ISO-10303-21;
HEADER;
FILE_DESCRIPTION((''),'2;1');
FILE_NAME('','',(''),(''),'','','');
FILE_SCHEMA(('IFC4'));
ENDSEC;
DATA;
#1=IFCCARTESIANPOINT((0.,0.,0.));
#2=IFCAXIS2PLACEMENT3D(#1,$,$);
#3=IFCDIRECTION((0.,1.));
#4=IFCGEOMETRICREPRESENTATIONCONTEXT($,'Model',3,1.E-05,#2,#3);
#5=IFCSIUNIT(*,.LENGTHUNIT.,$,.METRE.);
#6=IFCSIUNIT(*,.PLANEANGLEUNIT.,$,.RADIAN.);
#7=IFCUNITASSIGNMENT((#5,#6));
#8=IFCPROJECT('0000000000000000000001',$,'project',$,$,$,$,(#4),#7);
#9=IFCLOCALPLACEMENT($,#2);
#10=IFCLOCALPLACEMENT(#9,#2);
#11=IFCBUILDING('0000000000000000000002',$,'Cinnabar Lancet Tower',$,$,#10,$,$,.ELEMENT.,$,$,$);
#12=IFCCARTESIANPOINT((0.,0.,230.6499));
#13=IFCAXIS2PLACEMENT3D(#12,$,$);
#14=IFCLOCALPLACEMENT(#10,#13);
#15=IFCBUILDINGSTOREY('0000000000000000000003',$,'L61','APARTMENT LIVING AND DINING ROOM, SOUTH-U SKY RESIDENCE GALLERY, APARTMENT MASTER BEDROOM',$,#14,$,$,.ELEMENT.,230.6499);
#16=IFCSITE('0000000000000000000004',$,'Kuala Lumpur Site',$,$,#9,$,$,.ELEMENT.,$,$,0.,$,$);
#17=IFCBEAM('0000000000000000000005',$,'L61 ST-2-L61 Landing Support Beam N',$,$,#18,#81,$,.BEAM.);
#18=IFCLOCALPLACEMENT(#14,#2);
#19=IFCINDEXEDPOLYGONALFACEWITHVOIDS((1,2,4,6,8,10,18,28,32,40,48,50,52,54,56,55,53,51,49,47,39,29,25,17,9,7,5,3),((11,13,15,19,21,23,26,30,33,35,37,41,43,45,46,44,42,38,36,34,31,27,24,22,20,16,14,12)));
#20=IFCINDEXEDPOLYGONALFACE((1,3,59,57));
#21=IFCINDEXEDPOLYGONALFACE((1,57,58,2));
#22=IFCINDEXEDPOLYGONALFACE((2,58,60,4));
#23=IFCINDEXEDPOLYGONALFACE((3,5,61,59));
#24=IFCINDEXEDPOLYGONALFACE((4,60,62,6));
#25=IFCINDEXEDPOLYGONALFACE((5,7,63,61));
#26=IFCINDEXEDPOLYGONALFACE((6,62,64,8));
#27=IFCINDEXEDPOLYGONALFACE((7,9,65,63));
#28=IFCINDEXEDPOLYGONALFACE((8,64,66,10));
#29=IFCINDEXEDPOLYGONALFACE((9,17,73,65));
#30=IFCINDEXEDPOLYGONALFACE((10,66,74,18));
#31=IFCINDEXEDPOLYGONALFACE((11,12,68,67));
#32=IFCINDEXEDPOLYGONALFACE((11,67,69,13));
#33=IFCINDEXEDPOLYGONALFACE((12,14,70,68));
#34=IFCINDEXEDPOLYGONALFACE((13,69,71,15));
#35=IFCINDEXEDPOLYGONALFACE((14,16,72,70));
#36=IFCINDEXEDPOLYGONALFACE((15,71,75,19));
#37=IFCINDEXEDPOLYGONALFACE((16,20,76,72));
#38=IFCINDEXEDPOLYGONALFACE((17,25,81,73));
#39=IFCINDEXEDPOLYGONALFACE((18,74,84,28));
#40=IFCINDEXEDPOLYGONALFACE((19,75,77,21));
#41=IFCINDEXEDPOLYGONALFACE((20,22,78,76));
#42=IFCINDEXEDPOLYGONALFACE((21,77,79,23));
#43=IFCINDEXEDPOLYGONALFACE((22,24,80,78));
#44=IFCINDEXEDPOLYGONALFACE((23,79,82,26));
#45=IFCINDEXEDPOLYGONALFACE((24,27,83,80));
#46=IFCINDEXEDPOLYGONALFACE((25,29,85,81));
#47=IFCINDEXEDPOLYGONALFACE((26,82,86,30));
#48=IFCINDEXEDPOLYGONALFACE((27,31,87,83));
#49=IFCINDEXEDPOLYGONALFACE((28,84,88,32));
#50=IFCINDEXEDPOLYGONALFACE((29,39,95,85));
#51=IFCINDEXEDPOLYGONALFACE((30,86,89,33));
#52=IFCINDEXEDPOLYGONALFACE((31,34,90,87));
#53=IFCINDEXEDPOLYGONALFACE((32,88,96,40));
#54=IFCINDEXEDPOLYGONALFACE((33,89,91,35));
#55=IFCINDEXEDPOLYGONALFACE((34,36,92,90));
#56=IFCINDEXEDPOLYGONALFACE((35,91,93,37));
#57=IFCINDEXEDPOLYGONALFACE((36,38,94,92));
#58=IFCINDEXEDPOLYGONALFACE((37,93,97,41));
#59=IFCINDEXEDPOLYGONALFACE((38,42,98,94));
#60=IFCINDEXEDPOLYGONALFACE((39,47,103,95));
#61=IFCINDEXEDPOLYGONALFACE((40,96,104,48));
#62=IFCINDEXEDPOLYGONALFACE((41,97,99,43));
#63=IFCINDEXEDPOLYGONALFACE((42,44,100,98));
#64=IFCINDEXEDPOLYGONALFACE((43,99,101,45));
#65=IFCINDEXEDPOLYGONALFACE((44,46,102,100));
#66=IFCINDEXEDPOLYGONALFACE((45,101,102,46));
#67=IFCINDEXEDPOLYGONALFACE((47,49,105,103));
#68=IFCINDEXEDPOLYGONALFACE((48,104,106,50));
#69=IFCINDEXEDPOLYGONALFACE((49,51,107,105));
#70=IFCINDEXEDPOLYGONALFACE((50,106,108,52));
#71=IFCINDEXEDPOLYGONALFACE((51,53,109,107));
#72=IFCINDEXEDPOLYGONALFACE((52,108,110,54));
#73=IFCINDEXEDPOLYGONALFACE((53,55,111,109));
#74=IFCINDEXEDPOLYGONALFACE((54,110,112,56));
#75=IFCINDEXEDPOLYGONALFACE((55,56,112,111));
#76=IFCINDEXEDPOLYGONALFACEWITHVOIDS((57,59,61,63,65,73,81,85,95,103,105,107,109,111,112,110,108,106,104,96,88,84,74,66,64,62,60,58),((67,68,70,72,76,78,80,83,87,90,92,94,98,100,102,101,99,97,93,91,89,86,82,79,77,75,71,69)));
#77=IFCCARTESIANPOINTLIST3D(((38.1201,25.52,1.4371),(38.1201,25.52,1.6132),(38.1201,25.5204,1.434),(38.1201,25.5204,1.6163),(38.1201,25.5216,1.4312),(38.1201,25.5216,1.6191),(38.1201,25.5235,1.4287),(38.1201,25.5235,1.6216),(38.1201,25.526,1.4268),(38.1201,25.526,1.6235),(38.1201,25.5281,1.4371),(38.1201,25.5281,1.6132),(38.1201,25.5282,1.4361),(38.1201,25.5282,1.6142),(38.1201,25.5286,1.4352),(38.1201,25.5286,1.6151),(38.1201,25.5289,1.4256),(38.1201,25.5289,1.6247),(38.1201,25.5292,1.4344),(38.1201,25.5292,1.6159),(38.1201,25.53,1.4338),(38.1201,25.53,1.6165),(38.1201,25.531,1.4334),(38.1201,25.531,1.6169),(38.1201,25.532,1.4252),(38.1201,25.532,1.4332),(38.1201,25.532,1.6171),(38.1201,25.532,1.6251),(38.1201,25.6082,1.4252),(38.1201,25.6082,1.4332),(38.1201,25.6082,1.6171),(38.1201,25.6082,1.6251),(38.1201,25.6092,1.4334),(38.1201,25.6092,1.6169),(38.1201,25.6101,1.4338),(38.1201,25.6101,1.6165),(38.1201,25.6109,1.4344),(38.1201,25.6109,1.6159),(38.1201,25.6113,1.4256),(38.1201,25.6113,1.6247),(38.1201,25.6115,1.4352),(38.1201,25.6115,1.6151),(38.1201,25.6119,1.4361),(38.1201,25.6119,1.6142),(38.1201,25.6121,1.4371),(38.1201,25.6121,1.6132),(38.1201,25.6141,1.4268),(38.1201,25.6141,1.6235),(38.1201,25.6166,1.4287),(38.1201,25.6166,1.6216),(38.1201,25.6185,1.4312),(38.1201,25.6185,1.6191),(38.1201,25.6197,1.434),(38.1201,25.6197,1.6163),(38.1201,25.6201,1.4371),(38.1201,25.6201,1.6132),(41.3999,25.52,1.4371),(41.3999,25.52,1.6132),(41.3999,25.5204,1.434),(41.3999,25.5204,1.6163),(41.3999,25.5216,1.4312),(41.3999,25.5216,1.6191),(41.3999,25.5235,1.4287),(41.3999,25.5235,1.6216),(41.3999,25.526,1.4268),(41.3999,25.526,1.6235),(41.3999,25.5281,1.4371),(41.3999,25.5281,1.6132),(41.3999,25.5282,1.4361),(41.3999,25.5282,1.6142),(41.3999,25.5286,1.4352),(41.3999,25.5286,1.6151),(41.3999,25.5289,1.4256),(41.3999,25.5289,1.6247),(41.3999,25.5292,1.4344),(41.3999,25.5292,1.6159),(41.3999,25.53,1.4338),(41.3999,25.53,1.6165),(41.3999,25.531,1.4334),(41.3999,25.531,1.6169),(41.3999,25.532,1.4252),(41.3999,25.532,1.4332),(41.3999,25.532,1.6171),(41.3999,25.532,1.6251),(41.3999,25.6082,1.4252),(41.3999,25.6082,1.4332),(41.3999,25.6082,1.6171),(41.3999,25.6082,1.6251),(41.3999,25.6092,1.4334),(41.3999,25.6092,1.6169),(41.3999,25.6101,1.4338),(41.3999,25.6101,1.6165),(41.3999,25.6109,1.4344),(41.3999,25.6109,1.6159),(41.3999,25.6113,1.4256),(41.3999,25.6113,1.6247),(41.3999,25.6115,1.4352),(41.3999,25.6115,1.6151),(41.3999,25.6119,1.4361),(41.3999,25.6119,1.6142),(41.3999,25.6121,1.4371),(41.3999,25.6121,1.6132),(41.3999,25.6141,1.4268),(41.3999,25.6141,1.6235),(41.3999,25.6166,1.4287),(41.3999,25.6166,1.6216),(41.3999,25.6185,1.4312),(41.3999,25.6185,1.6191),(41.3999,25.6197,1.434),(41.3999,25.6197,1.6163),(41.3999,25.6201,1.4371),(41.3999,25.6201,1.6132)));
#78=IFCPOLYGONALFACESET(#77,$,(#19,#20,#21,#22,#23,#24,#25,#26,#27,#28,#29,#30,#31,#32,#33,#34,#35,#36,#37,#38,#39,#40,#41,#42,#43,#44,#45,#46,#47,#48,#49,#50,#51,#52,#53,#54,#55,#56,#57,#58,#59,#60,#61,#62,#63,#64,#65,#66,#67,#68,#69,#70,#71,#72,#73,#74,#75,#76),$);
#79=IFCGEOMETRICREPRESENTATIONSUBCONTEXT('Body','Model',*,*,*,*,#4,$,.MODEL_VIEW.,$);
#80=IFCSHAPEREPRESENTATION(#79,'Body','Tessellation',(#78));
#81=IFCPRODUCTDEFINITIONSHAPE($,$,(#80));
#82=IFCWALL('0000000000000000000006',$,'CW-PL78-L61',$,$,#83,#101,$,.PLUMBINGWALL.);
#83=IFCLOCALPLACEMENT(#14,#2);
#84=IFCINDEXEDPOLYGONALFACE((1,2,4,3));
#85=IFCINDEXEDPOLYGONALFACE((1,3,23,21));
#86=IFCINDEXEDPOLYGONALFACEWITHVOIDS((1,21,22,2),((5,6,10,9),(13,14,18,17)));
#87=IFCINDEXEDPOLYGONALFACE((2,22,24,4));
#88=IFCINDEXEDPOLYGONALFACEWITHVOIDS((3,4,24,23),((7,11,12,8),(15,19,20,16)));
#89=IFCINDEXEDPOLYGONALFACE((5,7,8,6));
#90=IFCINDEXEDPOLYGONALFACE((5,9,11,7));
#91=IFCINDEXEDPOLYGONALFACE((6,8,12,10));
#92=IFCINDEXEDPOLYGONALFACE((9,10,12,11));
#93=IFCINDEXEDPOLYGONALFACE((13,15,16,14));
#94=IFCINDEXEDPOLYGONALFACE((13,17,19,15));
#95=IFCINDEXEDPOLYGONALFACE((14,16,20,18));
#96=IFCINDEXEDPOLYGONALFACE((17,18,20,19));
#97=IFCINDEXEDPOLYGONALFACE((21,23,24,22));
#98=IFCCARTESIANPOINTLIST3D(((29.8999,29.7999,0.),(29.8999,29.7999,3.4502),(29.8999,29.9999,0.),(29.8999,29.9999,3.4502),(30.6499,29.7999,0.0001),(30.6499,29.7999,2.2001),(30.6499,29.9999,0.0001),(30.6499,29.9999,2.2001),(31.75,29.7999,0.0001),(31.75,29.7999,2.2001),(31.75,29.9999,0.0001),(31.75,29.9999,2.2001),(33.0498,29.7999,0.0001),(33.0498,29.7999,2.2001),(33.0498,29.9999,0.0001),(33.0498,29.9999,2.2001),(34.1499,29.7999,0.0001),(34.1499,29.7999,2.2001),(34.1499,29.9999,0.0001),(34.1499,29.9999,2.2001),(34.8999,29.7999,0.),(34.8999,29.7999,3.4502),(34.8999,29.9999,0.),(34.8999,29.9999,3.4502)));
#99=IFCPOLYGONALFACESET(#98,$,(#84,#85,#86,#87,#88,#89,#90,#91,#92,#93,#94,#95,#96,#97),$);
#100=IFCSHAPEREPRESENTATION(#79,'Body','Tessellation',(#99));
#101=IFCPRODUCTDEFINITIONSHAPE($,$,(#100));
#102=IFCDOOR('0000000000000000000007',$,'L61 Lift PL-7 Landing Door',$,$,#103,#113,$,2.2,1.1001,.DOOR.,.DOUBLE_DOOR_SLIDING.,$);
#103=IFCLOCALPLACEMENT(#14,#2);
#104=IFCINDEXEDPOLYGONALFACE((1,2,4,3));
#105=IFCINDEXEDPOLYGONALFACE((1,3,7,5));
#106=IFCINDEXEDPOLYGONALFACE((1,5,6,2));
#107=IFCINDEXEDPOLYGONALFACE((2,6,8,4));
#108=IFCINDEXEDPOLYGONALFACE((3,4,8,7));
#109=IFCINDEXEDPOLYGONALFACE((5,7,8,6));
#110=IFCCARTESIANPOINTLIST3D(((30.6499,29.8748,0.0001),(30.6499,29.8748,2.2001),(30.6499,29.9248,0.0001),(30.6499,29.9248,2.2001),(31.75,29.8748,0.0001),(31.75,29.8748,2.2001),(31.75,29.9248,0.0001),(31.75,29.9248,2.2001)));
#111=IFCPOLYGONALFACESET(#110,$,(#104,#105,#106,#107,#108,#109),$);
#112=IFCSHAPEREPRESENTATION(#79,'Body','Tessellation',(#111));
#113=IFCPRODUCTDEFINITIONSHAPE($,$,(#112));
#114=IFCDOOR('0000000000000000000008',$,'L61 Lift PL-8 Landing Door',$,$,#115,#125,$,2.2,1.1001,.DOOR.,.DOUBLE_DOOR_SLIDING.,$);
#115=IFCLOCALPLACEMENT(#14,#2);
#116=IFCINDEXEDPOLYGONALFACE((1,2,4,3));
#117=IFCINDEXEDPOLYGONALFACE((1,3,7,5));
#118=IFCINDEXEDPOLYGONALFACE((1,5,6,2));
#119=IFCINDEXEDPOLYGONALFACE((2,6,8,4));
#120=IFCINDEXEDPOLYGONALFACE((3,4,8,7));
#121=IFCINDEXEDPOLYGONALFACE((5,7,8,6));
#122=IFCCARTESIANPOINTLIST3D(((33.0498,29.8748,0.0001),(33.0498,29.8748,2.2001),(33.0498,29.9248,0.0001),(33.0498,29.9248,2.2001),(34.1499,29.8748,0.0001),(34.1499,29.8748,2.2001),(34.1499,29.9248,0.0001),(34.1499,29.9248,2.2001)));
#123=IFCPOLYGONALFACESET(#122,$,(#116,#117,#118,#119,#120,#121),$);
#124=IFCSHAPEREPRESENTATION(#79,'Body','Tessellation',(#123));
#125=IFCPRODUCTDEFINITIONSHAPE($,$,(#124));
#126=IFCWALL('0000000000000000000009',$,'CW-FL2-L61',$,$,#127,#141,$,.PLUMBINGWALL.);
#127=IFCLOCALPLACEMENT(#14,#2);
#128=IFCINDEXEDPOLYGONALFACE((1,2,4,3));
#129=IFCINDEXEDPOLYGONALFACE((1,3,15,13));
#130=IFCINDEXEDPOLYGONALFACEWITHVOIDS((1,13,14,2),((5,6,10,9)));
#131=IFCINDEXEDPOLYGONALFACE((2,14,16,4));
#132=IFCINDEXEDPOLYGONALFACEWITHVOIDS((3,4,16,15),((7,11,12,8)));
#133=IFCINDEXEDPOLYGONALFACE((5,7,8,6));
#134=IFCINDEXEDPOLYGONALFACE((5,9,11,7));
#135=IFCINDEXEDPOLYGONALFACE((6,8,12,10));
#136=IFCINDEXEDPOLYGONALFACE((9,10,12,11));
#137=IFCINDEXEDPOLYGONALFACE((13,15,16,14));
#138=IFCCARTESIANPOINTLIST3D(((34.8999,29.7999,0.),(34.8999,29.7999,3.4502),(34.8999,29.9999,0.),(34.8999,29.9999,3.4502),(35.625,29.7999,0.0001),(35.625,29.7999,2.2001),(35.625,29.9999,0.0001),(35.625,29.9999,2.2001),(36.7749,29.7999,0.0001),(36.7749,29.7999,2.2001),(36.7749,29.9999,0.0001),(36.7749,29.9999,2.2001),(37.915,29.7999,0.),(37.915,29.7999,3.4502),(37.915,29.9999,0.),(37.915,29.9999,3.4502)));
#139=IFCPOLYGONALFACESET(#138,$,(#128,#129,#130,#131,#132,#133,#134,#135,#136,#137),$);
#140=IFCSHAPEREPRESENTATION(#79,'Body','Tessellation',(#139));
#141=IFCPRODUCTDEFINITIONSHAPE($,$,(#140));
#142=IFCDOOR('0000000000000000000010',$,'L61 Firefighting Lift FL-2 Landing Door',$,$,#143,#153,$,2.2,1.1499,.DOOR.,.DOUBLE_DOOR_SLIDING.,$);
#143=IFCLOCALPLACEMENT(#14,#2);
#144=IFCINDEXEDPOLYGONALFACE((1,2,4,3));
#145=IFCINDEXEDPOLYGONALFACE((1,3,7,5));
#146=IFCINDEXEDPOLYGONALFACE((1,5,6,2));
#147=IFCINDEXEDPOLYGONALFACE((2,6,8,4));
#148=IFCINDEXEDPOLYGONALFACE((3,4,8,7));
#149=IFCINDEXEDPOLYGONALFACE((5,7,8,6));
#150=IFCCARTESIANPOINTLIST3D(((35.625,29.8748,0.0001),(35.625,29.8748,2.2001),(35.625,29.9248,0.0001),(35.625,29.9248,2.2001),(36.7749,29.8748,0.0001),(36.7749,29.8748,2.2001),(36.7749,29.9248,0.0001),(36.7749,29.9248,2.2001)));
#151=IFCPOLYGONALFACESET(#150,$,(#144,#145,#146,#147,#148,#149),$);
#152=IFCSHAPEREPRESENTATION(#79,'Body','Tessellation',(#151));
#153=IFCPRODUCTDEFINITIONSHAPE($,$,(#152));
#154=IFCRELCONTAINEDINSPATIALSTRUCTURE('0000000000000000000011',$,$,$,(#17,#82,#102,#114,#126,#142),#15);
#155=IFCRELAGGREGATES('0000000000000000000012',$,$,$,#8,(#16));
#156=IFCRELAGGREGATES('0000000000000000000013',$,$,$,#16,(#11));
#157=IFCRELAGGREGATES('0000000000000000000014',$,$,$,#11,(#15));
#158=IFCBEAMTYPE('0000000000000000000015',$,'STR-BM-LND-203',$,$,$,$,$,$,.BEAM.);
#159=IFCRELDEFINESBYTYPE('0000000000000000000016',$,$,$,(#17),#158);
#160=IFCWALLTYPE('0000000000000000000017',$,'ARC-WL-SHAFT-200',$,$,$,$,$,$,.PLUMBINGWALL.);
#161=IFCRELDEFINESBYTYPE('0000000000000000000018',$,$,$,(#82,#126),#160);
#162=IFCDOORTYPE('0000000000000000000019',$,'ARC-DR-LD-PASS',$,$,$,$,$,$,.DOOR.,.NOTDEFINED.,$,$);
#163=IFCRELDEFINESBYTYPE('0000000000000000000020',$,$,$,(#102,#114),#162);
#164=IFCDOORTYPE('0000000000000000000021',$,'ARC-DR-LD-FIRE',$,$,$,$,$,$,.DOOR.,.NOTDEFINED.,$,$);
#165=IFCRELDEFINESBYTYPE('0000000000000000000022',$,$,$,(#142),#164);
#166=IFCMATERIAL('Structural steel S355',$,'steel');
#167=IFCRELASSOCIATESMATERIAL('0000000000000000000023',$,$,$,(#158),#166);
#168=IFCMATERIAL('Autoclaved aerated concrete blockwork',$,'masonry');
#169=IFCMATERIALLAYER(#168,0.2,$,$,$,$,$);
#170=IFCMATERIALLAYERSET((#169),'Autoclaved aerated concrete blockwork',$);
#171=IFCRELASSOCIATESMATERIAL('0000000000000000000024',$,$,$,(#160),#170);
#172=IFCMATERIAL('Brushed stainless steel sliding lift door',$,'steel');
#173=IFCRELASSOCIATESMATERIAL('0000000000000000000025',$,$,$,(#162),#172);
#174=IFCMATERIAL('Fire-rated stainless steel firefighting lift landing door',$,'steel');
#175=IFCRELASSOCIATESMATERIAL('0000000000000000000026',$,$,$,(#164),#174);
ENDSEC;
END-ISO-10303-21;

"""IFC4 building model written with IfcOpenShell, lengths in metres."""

from ifc_helpers import new_model, si_unit, direction, frame, frame_2d, origin, origin_2d, place, context, subcontext, project, spatial, rectangle, hollow_rectangle, extrude, material, layer, layer_set, material_profile, profile_set, type_object, element, fill, save


model = new_model("IFC4")

# Units and contexts
model_context = context("Model", 3, precision=1e-05, world=origin(), true_north=direction((0.0, 1.0)))
body_context = subcontext(model_context, "Body", "Model", "MODEL_VIEW")
ifc_project = project(units=[si_unit("LENGTHUNIT", "METRE"), si_unit("PLANEANGLEUNIT", "RADIAN")], contexts=[model_context])

# Site, building, storey
site_placement = place(None, origin())
site = spatial("IfcSite", under=ifc_project, at=site_placement, Name="Kuala Lumpur Site", CompositionType="ELEMENT", RefElevation=0.0)
building_placement = place(site_placement, origin())
building = spatial("IfcBuilding", under=site, at=building_placement, Name="Cinnabar Lancet Tower", CompositionType="ELEMENT")
storey_placement = place(building_placement, frame((0.0, 0.0, 230.6499)))
storey = spatial("IfcBuildingStorey", under=building, at=storey_placement, Name="L61", Description="APARTMENT LIVING AND DINING ROOM, SOUTH-U SKY RESIDENCE GALLERY, APARTMENT MASTER BEDROOM", CompositionType="ELEMENT", Elevation=230.6499)

# Beam
ifc_material_1 = material(Name="Structural steel S355", Category="steel")
ifc_material_profile = material_profile(ifc_material_1, hollow_rectangle(XDim=0.1001, YDim=0.2, WallThickness=0.0081, InnerFilletRadius=0.0039, OuterFilletRadius=0.012, at=origin_2d()), Name="RHS 200x100x8")
ifc_profile_set = profile_set([ifc_material_profile], Name="Structural steel S355")
beam_type = type_object("IfcBeamType", Name="STR-BM-LND-203", PredefinedType="BEAM", material=ifc_profile_set)
beam_placement = place(storey_placement, frame((38.1201, 25.5701, 1.5251), z_axis=(1.0, 0.0, 0.0), x_axis=(0.0, 1.0, 0.0)))
element("IfcBeam", 1, at=beam_placement, inside=storey, type_object=beam_type, Name="L61 ST-2-L61 Landing Support Beam N", PredefinedType="BEAM", context=body_context, shape_type="SweptSolid", body=[
    extrude(hollow_rectangle(XDim=0.1001, YDim=0.2, WallThickness=0.0081, InnerFilletRadius=0.0039, OuterFilletRadius=0.012, at=origin_2d()), origin(), (0.0, 0.0, 1.0), 3.2798),
])

# Wall, openings, doors
ifc_material_2 = material(Name="Autoclaved aerated concrete blockwork", Category="masonry")
ifc_layer = layer(ifc_material_2, 0.2)
ifc_layer_set = layer_set([ifc_layer], Name="Autoclaved aerated concrete blockwork")
wall_type = type_object("IfcWallType", Name="ARC-WL-SHAFT-200", PredefinedType="PLUMBINGWALL", material=ifc_layer_set)
wall_1_placement = place(storey_placement, frame((29.8999, 29.8999, 0.0), z_axis=(0.0, 0.0, 1.0), x_axis=(1.0, 0.0, 0.0)))
wall_1 = element("IfcWall", 2, at=wall_1_placement, inside=storey, type_object=wall_type, Name="CW-PL78-L61", PredefinedType="PLUMBINGWALL", context=body_context, shape_type="SweptSolid", body=[
    extrude(rectangle(XDim=5.0, YDim=0.2, at=frame_2d((2.5, 0.0))), origin(), (0.0, 0.0, 1.0), 3.4502),
])
opening_1_placement = place(wall_1_placement, frame((0.75, 0.0, 0.0)))
opening_1 = element("IfcOpeningElement", 3, at=opening_1_placement, cuts=wall_1, PredefinedType="OPENING", context=body_context, shape_type="SweptSolid", body=[
    extrude(rectangle(XDim=1.1001, YDim=2.2, at=frame_2d((0.55, 1.1001))), frame((0.0, 0.1099, 0.0), z_axis=(0.0, -1.0, 0.0), x_axis=(1.0, 0.0, 0.0)), (0.0, 0.0, 1.0), 0.22),
])
opening_2_placement = place(wall_1_placement, frame((3.1499, 0.0, 0.0)))
opening_2 = element("IfcOpeningElement", 4, at=opening_2_placement, cuts=wall_1, PredefinedType="OPENING", context=body_context, shape_type="SweptSolid", body=[
    extrude(rectangle(XDim=1.1001, YDim=2.2, at=frame_2d((0.55, 1.1001))), frame((0.0, 0.1099, 0.0), z_axis=(0.0, -1.0, 0.0), x_axis=(1.0, 0.0, 0.0)), (0.0, 0.0, 1.0), 0.22),
])
ifc_material_3 = material(Name="Brushed stainless steel sliding lift door", Category="steel")
door_type_1 = type_object("IfcDoorType", Name="ARC-DR-LD-PASS", OperationType="NOTDEFINED", PredefinedType="DOOR", material=ifc_material_3)
door_1_placement = place(opening_1_placement, origin())
door_1 = element("IfcDoor", 5, at=door_1_placement, inside=storey, type_object=door_type_1, Name="L61 Lift PL-7 Landing Door", OperationType="DOUBLE_DOOR_SLIDING", OverallHeight=2.2, OverallWidth=1.1001, PredefinedType="DOOR", context=body_context, shape_type="SweptSolid", body=[
    extrude(rectangle(XDim=1.1001, YDim=2.2, at=frame_2d((0.55, 1.1001))), frame((0.0, 0.0249, 0.0), z_axis=(0.0, -1.0, 0.0), x_axis=(1.0, 0.0, 0.0)), (0.0, 0.0, 1.0), 0.05),
])
fill(opening_1, door_1)
door_2_placement = place(opening_2_placement, origin())
door_2 = element("IfcDoor", 6, at=door_2_placement, inside=storey, type_object=door_type_1, Name="L61 Lift PL-8 Landing Door", OperationType="DOUBLE_DOOR_SLIDING", OverallHeight=2.2, OverallWidth=1.1001, PredefinedType="DOOR", context=body_context, shape_type="SweptSolid", body=[
    extrude(rectangle(XDim=1.1001, YDim=2.2, at=frame_2d((0.55, 1.1001))), frame((0.0, 0.0249, 0.0), z_axis=(0.0, -1.0, 0.0), x_axis=(1.0, 0.0, 0.0)), (0.0, 0.0, 1.0), 0.05),
])
fill(opening_2, door_2)

# Wall, opening, door
wall_2_placement = place(storey_placement, frame((34.8999, 29.8999, 0.0), z_axis=(0.0, 0.0, 1.0), x_axis=(1.0, 0.0, 0.0)))
wall_2 = element("IfcWall", 7, at=wall_2_placement, inside=storey, type_object=wall_type, Name="CW-FL2-L61", PredefinedType="PLUMBINGWALL", context=body_context, shape_type="SweptSolid", body=[
    extrude(rectangle(XDim=3.0151, YDim=0.2, at=frame_2d((1.5076, 0.0))), origin(), (0.0, 0.0, 1.0), 3.4502),
])
opening_3_placement = place(wall_2_placement, frame((0.7251, 0.0, 0.0)))
opening_3 = element("IfcOpeningElement", 8, at=opening_3_placement, cuts=wall_2, PredefinedType="OPENING", context=body_context, shape_type="SweptSolid", body=[
    extrude(rectangle(XDim=1.1499, YDim=2.2, at=frame_2d((0.575, 1.1001))), frame((0.0, 0.1099, 0.0), z_axis=(0.0, -1.0, 0.0), x_axis=(1.0, 0.0, 0.0)), (0.0, 0.0, 1.0), 0.22),
])
ifc_material_4 = material(Name="Fire-rated stainless steel firefighting lift landing door", Category="steel")
door_type_2 = type_object("IfcDoorType", Name="ARC-DR-LD-FIRE", OperationType="NOTDEFINED", PredefinedType="DOOR", material=ifc_material_4)
door_3_placement = place(opening_3_placement, origin())
door_3 = element("IfcDoor", 9, at=door_3_placement, inside=storey, type_object=door_type_2, Name="L61 Firefighting Lift FL-2 Landing Door", OperationType="DOUBLE_DOOR_SLIDING", OverallHeight=2.2, OverallWidth=1.1499, PredefinedType="DOOR", context=body_context, shape_type="SweptSolid", body=[
    extrude(rectangle(XDim=1.1499, YDim=2.2, at=frame_2d((0.575, 1.1001))), frame((0.0, 0.0249, 0.0), z_axis=(0.0, -1.0, 0.0), x_axis=(1.0, 0.0, 0.0)), (0.0, 0.0, 1.0), 0.05),
])
fill(opening_3, door_3)

save(model, "model.ifc")
